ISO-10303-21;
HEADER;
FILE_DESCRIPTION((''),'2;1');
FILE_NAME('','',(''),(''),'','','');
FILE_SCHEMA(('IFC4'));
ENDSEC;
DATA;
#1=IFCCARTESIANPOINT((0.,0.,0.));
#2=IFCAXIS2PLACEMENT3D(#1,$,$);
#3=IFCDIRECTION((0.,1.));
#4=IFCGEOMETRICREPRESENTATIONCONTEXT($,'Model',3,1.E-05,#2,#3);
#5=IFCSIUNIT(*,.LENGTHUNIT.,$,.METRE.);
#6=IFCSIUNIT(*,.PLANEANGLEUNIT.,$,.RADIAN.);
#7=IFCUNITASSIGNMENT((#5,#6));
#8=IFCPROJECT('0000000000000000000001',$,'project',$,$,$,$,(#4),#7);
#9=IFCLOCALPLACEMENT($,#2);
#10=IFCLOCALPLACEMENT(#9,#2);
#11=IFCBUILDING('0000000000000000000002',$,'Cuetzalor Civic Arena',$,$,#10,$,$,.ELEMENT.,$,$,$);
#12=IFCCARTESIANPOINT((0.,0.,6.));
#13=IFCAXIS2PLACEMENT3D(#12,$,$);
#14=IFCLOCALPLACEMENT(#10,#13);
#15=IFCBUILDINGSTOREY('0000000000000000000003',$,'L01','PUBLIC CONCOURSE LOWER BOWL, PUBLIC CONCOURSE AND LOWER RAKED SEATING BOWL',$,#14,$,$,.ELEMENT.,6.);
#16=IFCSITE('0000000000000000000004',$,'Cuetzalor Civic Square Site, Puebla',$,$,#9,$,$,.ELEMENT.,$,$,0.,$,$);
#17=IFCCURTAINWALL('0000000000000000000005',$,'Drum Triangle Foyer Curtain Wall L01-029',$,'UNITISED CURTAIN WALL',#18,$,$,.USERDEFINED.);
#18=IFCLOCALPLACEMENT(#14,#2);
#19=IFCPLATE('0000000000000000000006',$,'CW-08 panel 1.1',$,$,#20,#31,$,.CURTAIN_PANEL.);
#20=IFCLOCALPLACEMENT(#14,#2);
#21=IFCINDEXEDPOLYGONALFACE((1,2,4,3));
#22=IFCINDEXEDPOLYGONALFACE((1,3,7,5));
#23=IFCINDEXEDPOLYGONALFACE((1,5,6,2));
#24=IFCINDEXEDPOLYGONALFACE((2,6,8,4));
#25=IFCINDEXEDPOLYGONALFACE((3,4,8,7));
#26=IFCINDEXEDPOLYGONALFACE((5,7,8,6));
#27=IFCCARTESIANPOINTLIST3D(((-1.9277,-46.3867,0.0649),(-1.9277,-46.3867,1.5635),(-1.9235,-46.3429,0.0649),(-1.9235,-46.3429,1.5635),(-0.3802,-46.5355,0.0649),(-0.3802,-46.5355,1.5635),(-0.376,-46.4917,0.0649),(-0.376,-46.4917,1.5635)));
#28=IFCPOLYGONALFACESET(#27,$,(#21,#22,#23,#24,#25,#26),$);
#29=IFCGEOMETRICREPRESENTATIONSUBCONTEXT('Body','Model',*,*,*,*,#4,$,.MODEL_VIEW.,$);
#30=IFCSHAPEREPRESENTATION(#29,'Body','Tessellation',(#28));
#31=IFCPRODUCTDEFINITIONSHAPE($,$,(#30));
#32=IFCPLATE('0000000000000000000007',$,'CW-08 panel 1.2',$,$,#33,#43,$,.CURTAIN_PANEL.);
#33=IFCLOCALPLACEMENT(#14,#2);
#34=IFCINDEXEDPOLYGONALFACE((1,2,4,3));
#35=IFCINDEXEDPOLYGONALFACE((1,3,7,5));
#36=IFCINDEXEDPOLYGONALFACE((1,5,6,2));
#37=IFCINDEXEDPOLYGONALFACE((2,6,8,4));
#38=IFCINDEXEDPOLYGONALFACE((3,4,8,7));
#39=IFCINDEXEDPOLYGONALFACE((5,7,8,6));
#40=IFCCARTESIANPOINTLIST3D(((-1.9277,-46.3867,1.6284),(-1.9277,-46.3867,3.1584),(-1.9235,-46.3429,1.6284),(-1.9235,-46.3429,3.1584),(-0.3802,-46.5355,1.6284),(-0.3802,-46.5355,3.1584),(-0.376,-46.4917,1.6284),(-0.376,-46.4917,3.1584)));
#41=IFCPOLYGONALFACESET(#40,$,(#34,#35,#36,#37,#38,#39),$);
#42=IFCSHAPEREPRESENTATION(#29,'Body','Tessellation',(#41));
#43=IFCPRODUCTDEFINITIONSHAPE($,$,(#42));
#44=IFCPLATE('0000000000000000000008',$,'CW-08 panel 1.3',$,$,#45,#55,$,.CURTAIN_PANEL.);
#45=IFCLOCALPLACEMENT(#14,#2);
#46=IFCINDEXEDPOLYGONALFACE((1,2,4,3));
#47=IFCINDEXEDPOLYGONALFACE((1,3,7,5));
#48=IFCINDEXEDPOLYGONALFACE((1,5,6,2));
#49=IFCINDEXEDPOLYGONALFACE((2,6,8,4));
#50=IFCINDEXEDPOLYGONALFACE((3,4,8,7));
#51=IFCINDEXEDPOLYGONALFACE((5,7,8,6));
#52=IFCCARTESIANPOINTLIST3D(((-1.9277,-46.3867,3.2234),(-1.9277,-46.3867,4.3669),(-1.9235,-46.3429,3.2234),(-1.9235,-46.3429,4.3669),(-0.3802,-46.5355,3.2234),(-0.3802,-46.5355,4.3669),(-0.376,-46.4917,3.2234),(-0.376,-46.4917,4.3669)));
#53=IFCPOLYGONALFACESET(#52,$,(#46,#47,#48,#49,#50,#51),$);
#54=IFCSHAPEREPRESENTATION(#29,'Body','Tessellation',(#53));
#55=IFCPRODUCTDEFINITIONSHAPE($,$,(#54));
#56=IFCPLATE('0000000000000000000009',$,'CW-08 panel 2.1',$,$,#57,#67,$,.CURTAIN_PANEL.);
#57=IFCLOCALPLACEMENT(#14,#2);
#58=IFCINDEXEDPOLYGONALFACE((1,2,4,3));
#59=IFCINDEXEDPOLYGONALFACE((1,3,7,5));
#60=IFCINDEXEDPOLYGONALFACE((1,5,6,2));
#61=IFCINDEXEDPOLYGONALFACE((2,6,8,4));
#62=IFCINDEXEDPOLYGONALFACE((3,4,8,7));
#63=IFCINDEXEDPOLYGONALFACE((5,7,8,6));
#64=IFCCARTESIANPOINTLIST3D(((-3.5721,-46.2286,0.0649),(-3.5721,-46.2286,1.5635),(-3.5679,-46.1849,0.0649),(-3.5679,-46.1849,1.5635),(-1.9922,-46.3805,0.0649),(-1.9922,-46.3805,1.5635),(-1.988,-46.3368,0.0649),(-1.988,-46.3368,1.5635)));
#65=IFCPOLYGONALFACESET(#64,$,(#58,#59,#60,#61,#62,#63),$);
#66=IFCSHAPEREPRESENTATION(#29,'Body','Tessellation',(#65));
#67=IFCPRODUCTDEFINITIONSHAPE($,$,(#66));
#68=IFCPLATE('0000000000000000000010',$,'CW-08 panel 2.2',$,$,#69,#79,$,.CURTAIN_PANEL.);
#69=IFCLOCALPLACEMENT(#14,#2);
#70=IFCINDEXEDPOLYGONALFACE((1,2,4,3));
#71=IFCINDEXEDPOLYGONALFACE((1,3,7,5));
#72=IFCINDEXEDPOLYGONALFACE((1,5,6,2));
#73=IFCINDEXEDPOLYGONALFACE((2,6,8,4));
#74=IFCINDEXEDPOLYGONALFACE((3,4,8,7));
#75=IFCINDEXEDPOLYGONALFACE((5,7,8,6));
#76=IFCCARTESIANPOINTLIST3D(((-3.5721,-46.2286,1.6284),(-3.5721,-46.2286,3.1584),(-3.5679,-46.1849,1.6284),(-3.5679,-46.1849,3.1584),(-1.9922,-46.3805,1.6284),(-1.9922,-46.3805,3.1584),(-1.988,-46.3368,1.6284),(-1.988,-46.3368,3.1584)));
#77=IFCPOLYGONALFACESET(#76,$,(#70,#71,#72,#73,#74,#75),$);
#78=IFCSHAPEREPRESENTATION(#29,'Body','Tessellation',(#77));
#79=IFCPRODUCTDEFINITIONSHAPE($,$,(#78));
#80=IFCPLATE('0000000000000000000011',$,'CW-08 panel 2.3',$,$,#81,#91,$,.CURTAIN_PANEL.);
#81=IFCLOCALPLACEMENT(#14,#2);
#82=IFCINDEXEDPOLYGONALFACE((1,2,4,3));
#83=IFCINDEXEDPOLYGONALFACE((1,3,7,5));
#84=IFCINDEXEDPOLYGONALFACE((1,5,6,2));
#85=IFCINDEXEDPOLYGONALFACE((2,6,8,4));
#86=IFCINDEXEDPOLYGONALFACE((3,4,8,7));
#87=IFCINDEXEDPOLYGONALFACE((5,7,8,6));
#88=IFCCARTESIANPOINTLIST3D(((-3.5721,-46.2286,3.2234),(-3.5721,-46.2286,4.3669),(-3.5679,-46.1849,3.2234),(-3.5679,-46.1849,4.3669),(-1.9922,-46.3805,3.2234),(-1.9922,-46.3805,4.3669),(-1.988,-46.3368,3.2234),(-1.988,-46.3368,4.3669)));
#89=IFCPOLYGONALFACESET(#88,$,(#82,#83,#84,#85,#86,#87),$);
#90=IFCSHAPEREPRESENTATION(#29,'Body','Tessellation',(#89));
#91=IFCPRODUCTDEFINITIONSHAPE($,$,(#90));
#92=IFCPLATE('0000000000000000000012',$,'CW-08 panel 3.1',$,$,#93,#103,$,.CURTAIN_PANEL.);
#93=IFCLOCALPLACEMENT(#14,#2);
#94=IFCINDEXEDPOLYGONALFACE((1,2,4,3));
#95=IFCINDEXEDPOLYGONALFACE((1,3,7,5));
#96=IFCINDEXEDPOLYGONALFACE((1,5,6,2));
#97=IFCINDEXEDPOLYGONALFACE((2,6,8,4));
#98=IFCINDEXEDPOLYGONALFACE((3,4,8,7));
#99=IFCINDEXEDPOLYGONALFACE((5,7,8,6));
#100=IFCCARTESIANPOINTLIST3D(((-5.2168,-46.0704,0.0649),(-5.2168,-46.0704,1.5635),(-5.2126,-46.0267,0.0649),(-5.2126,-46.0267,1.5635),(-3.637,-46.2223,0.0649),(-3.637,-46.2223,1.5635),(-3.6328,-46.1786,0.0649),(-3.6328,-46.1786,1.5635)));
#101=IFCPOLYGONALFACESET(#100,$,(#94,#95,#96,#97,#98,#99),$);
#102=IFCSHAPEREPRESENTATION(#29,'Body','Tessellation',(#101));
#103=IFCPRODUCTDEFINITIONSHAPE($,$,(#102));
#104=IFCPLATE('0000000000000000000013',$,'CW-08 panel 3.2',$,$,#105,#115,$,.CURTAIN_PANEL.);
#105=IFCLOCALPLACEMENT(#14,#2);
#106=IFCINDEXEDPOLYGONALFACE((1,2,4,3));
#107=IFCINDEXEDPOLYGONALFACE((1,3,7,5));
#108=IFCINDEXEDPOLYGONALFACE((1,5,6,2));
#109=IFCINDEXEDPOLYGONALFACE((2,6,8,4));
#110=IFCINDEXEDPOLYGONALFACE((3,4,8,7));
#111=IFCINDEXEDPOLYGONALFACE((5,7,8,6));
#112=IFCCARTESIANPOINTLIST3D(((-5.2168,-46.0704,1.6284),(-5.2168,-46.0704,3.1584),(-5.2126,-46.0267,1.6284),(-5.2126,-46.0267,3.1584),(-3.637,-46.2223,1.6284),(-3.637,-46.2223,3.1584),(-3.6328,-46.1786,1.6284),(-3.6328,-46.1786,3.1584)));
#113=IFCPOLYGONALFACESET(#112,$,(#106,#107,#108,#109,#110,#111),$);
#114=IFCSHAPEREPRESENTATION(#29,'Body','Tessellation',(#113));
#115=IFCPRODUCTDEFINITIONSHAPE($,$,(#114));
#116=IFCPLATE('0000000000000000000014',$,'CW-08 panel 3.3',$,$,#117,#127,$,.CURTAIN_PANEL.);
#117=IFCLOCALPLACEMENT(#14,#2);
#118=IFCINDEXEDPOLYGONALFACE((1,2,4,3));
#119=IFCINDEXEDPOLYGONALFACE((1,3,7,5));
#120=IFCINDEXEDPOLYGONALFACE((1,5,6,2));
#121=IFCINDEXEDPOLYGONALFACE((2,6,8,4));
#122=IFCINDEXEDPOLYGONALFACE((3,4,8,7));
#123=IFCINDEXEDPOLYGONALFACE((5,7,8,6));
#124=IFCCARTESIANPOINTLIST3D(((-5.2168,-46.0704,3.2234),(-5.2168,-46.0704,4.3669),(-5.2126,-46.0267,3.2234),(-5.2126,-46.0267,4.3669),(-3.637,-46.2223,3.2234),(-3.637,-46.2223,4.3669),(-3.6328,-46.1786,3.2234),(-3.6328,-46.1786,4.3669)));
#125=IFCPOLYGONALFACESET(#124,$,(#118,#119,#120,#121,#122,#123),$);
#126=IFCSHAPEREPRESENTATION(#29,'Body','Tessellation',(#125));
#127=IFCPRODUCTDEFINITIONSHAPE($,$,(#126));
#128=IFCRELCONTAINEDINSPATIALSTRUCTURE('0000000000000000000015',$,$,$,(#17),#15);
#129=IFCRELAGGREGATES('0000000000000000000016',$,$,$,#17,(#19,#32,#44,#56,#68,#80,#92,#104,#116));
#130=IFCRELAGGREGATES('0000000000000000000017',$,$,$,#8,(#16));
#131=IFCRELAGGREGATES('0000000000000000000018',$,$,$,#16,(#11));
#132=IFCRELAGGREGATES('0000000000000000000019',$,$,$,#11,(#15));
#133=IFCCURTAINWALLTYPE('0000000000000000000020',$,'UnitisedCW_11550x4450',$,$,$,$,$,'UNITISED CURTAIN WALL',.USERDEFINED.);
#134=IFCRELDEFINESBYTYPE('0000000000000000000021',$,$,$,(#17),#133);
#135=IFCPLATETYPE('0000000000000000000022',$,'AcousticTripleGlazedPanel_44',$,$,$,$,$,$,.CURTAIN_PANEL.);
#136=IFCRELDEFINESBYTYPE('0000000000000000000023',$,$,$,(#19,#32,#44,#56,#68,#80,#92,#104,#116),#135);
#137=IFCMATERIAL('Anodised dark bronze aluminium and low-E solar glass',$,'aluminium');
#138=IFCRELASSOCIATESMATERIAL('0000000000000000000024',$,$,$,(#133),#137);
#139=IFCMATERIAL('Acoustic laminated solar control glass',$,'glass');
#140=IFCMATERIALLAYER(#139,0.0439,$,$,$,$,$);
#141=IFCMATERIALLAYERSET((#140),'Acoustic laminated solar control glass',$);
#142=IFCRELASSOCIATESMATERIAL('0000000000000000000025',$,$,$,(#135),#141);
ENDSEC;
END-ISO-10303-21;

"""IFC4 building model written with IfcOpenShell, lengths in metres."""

from ifc_helpers import new_model, si_unit, direction, frame, origin, origin_2d, place, context, subcontext, project, spatial, rectangle, extrude, material, layer, layer_set, type_object, element, aggregate, save


model = new_model("IFC4")

# Units and contexts
model_context = context("Model", 3, precision=1e-05, world=origin(), true_north=direction((0.0, 1.0)))
body_context = subcontext(model_context, "Body", "Model", "MODEL_VIEW")
ifc_project = project(units=[si_unit("LENGTHUNIT", "METRE"), si_unit("PLANEANGLEUNIT", "RADIAN")], contexts=[model_context])

# Site, building, storey
site_placement = place(None, origin())
site = spatial("IfcSite", under=ifc_project, at=site_placement, Name="Cuetzalor Civic Square Site, Puebla", CompositionType="ELEMENT", RefElevation=0.0)
building_placement = place(site_placement, origin())
building = spatial("IfcBuilding", under=site, at=building_placement, Name="Cuetzalor Civic Arena", CompositionType="ELEMENT")
storey_placement = place(building_placement, frame((0.0, 0.0, 6.0)))
storey = spatial("IfcBuildingStorey", under=building, at=storey_placement, Name="L01", Description="PUBLIC CONCOURSE LOWER BOWL, PUBLIC CONCOURSE AND LOWER RAKED SEATING BOWL", CompositionType="ELEMENT", Elevation=6.0)

# Curtain wall, plates
ifc_material_1 = material(Name="Anodised dark bronze aluminium and low-E solar glass", Category="aluminium")
curtain_wall_type = type_object("IfcCurtainWallType", Name="UnitisedCW_11550x4450", ElementType="UNITISED CURTAIN WALL", PredefinedType="USERDEFINED", material=ifc_material_1)
curtain_wall_placement = place(storey_placement, origin())
curtain_wall = element("IfcCurtainWall", 1, at=curtain_wall_placement, inside=storey, type_object=curtain_wall_type, Name="Drum Triangle Foyer Curtain Wall L01-029", ObjectType="UNITISED CURTAIN WALL", PredefinedType="USERDEFINED")
ifc_material_2 = material(Name="Acoustic laminated solar control glass", Category="glass")
ifc_layer = layer(ifc_material_2, 0.0439)
ifc_layer_set = layer_set([ifc_layer], Name="Acoustic laminated solar control glass")
plate_type = type_object("IfcPlateType", Name="AcousticTripleGlazedPanel_44", PredefinedType="CURTAIN_PANEL", material=ifc_layer_set)
plate_1_placement = place(storey_placement, frame((-1.1519, -46.4392, 0.0649), z_axis=(0.0, 0.0, 1.0), x_axis=(-0.995409, 0.095711, 0.0)))
plate_1 = element("IfcPlate", 2, at=plate_1_placement, type_object=plate_type, Name="CW-08 panel 1.1", PredefinedType="CURTAIN_PANEL", context=body_context, shape_type="SweptSolid", body=[
    extrude(rectangle(XDim=1.5547, YDim=0.0439, at=origin_2d()), origin(), (0.0, 0.0, 1.0), 1.4985),
])
plate_2_placement = place(storey_placement, frame((-1.1519, -46.4392, 1.6284), z_axis=(0.0, 0.0, 1.0), x_axis=(-0.995409, 0.095711, 0.0)))
plate_2 = element("IfcPlate", 3, at=plate_2_placement, type_object=plate_type, Name="CW-08 panel 1.2", PredefinedType="CURTAIN_PANEL", context=body_context, shape_type="SweptSolid", body=[
    extrude(rectangle(XDim=1.5547, YDim=0.0439, at=origin_2d()), origin(), (0.0, 0.0, 1.0), 1.53),
])
plate_3_placement = place(storey_placement, frame((-1.1519, -46.4392, 3.2234), z_axis=(0.0, 0.0, 1.0), x_axis=(-0.995409, 0.095711, 0.0)))
plate_3 = element("IfcPlate", 4, at=plate_3_placement, type_object=plate_type, Name="CW-08 panel 1.3", PredefinedType="CURTAIN_PANEL", context=body_context, shape_type="SweptSolid", body=[
    extrude(rectangle(XDim=1.5547, YDim=0.0439, at=origin_2d()), origin(), (0.0, 0.0, 1.0), 1.1436),
])
plate_4_placement = place(storey_placement, frame((-2.78, -46.2827, 0.0649), z_axis=(0.0, 0.0, 1.0), x_axis=(-0.995409, 0.095711, 0.0)))
plate_4 = element("IfcPlate", 5, at=plate_4_placement, type_object=plate_type, Name="CW-08 panel 2.1", PredefinedType="CURTAIN_PANEL", context=body_context, shape_type="SweptSolid", body=[
    extrude(rectangle(XDim=1.5872, YDim=0.0439, at=origin_2d()), origin(), (0.0, 0.0, 1.0), 1.4985),
])
plate_5_placement = place(storey_placement, frame((-2.78, -46.2827, 1.6284), z_axis=(0.0, 0.0, 1.0), x_axis=(-0.995409, 0.095711, 0.0)))
plate_5 = element("IfcPlate", 6, at=plate_5_placement, type_object=plate_type, Name="CW-08 panel 2.2", PredefinedType="CURTAIN_PANEL", context=body_context, shape_type="SweptSolid", body=[
    extrude(rectangle(XDim=1.5872, YDim=0.0439, at=origin_2d()), origin(), (0.0, 0.0, 1.0), 1.53),
])
plate_6_placement = place(storey_placement, frame((-2.78, -46.2827, 3.2234), z_axis=(0.0, 0.0, 1.0), x_axis=(-0.995409, 0.095711, 0.0)))
plate_6 = element("IfcPlate", 7, at=plate_6_placement, type_object=plate_type, Name="CW-08 panel 2.3", PredefinedType="CURTAIN_PANEL", context=body_context, shape_type="SweptSolid", body=[
    extrude(rectangle(XDim=1.5872, YDim=0.0439, at=origin_2d()), origin(), (0.0, 0.0, 1.0), 1.1436),
])
plate_7_placement = place(storey_placement, frame((-4.4248, -46.1245, 0.0649), z_axis=(0.0, 0.0, 1.0), x_axis=(-0.995409, 0.095711, 0.0)))
plate_7 = element("IfcPlate", 8, at=plate_7_placement, type_object=plate_type, Name="CW-08 panel 3.1", PredefinedType="CURTAIN_PANEL", context=body_context, shape_type="SweptSolid", body=[
    extrude(rectangle(XDim=1.5872, YDim=0.0439, at=origin_2d()), origin(), (0.0, 0.0, 1.0), 1.4985),
])
plate_8_placement = place(storey_placement, frame((-4.4248, -46.1245, 1.6284), z_axis=(0.0, 0.0, 1.0), x_axis=(-0.995409, 0.095711, 0.0)))
plate_8 = element("IfcPlate", 9, at=plate_8_placement, type_object=plate_type, Name="CW-08 panel 3.2", PredefinedType="CURTAIN_PANEL", context=body_context, shape_type="SweptSolid", body=[
    extrude(rectangle(XDim=1.5872, YDim=0.0439, at=origin_2d()), origin(), (0.0, 0.0, 1.0), 1.53),
])
plate_9_placement = place(storey_placement, frame((-4.4248, -46.1245, 3.2234), z_axis=(0.0, 0.0, 1.0), x_axis=(-0.995409, 0.095711, 0.0)))
plate_9 = element("IfcPlate", 10, at=plate_9_placement, type_object=plate_type, Name="CW-08 panel 3.3", PredefinedType="CURTAIN_PANEL", context=body_context, shape_type="SweptSolid", body=[
    extrude(rectangle(XDim=1.5872, YDim=0.0439, at=origin_2d()), origin(), (0.0, 0.0, 1.0), 1.1436),
])
aggregate(curtain_wall, [plate_1, plate_2, plate_3, plate_4, plate_5, plate_6, plate_7, plate_8, plate_9])

save(model, "model.ifc")
